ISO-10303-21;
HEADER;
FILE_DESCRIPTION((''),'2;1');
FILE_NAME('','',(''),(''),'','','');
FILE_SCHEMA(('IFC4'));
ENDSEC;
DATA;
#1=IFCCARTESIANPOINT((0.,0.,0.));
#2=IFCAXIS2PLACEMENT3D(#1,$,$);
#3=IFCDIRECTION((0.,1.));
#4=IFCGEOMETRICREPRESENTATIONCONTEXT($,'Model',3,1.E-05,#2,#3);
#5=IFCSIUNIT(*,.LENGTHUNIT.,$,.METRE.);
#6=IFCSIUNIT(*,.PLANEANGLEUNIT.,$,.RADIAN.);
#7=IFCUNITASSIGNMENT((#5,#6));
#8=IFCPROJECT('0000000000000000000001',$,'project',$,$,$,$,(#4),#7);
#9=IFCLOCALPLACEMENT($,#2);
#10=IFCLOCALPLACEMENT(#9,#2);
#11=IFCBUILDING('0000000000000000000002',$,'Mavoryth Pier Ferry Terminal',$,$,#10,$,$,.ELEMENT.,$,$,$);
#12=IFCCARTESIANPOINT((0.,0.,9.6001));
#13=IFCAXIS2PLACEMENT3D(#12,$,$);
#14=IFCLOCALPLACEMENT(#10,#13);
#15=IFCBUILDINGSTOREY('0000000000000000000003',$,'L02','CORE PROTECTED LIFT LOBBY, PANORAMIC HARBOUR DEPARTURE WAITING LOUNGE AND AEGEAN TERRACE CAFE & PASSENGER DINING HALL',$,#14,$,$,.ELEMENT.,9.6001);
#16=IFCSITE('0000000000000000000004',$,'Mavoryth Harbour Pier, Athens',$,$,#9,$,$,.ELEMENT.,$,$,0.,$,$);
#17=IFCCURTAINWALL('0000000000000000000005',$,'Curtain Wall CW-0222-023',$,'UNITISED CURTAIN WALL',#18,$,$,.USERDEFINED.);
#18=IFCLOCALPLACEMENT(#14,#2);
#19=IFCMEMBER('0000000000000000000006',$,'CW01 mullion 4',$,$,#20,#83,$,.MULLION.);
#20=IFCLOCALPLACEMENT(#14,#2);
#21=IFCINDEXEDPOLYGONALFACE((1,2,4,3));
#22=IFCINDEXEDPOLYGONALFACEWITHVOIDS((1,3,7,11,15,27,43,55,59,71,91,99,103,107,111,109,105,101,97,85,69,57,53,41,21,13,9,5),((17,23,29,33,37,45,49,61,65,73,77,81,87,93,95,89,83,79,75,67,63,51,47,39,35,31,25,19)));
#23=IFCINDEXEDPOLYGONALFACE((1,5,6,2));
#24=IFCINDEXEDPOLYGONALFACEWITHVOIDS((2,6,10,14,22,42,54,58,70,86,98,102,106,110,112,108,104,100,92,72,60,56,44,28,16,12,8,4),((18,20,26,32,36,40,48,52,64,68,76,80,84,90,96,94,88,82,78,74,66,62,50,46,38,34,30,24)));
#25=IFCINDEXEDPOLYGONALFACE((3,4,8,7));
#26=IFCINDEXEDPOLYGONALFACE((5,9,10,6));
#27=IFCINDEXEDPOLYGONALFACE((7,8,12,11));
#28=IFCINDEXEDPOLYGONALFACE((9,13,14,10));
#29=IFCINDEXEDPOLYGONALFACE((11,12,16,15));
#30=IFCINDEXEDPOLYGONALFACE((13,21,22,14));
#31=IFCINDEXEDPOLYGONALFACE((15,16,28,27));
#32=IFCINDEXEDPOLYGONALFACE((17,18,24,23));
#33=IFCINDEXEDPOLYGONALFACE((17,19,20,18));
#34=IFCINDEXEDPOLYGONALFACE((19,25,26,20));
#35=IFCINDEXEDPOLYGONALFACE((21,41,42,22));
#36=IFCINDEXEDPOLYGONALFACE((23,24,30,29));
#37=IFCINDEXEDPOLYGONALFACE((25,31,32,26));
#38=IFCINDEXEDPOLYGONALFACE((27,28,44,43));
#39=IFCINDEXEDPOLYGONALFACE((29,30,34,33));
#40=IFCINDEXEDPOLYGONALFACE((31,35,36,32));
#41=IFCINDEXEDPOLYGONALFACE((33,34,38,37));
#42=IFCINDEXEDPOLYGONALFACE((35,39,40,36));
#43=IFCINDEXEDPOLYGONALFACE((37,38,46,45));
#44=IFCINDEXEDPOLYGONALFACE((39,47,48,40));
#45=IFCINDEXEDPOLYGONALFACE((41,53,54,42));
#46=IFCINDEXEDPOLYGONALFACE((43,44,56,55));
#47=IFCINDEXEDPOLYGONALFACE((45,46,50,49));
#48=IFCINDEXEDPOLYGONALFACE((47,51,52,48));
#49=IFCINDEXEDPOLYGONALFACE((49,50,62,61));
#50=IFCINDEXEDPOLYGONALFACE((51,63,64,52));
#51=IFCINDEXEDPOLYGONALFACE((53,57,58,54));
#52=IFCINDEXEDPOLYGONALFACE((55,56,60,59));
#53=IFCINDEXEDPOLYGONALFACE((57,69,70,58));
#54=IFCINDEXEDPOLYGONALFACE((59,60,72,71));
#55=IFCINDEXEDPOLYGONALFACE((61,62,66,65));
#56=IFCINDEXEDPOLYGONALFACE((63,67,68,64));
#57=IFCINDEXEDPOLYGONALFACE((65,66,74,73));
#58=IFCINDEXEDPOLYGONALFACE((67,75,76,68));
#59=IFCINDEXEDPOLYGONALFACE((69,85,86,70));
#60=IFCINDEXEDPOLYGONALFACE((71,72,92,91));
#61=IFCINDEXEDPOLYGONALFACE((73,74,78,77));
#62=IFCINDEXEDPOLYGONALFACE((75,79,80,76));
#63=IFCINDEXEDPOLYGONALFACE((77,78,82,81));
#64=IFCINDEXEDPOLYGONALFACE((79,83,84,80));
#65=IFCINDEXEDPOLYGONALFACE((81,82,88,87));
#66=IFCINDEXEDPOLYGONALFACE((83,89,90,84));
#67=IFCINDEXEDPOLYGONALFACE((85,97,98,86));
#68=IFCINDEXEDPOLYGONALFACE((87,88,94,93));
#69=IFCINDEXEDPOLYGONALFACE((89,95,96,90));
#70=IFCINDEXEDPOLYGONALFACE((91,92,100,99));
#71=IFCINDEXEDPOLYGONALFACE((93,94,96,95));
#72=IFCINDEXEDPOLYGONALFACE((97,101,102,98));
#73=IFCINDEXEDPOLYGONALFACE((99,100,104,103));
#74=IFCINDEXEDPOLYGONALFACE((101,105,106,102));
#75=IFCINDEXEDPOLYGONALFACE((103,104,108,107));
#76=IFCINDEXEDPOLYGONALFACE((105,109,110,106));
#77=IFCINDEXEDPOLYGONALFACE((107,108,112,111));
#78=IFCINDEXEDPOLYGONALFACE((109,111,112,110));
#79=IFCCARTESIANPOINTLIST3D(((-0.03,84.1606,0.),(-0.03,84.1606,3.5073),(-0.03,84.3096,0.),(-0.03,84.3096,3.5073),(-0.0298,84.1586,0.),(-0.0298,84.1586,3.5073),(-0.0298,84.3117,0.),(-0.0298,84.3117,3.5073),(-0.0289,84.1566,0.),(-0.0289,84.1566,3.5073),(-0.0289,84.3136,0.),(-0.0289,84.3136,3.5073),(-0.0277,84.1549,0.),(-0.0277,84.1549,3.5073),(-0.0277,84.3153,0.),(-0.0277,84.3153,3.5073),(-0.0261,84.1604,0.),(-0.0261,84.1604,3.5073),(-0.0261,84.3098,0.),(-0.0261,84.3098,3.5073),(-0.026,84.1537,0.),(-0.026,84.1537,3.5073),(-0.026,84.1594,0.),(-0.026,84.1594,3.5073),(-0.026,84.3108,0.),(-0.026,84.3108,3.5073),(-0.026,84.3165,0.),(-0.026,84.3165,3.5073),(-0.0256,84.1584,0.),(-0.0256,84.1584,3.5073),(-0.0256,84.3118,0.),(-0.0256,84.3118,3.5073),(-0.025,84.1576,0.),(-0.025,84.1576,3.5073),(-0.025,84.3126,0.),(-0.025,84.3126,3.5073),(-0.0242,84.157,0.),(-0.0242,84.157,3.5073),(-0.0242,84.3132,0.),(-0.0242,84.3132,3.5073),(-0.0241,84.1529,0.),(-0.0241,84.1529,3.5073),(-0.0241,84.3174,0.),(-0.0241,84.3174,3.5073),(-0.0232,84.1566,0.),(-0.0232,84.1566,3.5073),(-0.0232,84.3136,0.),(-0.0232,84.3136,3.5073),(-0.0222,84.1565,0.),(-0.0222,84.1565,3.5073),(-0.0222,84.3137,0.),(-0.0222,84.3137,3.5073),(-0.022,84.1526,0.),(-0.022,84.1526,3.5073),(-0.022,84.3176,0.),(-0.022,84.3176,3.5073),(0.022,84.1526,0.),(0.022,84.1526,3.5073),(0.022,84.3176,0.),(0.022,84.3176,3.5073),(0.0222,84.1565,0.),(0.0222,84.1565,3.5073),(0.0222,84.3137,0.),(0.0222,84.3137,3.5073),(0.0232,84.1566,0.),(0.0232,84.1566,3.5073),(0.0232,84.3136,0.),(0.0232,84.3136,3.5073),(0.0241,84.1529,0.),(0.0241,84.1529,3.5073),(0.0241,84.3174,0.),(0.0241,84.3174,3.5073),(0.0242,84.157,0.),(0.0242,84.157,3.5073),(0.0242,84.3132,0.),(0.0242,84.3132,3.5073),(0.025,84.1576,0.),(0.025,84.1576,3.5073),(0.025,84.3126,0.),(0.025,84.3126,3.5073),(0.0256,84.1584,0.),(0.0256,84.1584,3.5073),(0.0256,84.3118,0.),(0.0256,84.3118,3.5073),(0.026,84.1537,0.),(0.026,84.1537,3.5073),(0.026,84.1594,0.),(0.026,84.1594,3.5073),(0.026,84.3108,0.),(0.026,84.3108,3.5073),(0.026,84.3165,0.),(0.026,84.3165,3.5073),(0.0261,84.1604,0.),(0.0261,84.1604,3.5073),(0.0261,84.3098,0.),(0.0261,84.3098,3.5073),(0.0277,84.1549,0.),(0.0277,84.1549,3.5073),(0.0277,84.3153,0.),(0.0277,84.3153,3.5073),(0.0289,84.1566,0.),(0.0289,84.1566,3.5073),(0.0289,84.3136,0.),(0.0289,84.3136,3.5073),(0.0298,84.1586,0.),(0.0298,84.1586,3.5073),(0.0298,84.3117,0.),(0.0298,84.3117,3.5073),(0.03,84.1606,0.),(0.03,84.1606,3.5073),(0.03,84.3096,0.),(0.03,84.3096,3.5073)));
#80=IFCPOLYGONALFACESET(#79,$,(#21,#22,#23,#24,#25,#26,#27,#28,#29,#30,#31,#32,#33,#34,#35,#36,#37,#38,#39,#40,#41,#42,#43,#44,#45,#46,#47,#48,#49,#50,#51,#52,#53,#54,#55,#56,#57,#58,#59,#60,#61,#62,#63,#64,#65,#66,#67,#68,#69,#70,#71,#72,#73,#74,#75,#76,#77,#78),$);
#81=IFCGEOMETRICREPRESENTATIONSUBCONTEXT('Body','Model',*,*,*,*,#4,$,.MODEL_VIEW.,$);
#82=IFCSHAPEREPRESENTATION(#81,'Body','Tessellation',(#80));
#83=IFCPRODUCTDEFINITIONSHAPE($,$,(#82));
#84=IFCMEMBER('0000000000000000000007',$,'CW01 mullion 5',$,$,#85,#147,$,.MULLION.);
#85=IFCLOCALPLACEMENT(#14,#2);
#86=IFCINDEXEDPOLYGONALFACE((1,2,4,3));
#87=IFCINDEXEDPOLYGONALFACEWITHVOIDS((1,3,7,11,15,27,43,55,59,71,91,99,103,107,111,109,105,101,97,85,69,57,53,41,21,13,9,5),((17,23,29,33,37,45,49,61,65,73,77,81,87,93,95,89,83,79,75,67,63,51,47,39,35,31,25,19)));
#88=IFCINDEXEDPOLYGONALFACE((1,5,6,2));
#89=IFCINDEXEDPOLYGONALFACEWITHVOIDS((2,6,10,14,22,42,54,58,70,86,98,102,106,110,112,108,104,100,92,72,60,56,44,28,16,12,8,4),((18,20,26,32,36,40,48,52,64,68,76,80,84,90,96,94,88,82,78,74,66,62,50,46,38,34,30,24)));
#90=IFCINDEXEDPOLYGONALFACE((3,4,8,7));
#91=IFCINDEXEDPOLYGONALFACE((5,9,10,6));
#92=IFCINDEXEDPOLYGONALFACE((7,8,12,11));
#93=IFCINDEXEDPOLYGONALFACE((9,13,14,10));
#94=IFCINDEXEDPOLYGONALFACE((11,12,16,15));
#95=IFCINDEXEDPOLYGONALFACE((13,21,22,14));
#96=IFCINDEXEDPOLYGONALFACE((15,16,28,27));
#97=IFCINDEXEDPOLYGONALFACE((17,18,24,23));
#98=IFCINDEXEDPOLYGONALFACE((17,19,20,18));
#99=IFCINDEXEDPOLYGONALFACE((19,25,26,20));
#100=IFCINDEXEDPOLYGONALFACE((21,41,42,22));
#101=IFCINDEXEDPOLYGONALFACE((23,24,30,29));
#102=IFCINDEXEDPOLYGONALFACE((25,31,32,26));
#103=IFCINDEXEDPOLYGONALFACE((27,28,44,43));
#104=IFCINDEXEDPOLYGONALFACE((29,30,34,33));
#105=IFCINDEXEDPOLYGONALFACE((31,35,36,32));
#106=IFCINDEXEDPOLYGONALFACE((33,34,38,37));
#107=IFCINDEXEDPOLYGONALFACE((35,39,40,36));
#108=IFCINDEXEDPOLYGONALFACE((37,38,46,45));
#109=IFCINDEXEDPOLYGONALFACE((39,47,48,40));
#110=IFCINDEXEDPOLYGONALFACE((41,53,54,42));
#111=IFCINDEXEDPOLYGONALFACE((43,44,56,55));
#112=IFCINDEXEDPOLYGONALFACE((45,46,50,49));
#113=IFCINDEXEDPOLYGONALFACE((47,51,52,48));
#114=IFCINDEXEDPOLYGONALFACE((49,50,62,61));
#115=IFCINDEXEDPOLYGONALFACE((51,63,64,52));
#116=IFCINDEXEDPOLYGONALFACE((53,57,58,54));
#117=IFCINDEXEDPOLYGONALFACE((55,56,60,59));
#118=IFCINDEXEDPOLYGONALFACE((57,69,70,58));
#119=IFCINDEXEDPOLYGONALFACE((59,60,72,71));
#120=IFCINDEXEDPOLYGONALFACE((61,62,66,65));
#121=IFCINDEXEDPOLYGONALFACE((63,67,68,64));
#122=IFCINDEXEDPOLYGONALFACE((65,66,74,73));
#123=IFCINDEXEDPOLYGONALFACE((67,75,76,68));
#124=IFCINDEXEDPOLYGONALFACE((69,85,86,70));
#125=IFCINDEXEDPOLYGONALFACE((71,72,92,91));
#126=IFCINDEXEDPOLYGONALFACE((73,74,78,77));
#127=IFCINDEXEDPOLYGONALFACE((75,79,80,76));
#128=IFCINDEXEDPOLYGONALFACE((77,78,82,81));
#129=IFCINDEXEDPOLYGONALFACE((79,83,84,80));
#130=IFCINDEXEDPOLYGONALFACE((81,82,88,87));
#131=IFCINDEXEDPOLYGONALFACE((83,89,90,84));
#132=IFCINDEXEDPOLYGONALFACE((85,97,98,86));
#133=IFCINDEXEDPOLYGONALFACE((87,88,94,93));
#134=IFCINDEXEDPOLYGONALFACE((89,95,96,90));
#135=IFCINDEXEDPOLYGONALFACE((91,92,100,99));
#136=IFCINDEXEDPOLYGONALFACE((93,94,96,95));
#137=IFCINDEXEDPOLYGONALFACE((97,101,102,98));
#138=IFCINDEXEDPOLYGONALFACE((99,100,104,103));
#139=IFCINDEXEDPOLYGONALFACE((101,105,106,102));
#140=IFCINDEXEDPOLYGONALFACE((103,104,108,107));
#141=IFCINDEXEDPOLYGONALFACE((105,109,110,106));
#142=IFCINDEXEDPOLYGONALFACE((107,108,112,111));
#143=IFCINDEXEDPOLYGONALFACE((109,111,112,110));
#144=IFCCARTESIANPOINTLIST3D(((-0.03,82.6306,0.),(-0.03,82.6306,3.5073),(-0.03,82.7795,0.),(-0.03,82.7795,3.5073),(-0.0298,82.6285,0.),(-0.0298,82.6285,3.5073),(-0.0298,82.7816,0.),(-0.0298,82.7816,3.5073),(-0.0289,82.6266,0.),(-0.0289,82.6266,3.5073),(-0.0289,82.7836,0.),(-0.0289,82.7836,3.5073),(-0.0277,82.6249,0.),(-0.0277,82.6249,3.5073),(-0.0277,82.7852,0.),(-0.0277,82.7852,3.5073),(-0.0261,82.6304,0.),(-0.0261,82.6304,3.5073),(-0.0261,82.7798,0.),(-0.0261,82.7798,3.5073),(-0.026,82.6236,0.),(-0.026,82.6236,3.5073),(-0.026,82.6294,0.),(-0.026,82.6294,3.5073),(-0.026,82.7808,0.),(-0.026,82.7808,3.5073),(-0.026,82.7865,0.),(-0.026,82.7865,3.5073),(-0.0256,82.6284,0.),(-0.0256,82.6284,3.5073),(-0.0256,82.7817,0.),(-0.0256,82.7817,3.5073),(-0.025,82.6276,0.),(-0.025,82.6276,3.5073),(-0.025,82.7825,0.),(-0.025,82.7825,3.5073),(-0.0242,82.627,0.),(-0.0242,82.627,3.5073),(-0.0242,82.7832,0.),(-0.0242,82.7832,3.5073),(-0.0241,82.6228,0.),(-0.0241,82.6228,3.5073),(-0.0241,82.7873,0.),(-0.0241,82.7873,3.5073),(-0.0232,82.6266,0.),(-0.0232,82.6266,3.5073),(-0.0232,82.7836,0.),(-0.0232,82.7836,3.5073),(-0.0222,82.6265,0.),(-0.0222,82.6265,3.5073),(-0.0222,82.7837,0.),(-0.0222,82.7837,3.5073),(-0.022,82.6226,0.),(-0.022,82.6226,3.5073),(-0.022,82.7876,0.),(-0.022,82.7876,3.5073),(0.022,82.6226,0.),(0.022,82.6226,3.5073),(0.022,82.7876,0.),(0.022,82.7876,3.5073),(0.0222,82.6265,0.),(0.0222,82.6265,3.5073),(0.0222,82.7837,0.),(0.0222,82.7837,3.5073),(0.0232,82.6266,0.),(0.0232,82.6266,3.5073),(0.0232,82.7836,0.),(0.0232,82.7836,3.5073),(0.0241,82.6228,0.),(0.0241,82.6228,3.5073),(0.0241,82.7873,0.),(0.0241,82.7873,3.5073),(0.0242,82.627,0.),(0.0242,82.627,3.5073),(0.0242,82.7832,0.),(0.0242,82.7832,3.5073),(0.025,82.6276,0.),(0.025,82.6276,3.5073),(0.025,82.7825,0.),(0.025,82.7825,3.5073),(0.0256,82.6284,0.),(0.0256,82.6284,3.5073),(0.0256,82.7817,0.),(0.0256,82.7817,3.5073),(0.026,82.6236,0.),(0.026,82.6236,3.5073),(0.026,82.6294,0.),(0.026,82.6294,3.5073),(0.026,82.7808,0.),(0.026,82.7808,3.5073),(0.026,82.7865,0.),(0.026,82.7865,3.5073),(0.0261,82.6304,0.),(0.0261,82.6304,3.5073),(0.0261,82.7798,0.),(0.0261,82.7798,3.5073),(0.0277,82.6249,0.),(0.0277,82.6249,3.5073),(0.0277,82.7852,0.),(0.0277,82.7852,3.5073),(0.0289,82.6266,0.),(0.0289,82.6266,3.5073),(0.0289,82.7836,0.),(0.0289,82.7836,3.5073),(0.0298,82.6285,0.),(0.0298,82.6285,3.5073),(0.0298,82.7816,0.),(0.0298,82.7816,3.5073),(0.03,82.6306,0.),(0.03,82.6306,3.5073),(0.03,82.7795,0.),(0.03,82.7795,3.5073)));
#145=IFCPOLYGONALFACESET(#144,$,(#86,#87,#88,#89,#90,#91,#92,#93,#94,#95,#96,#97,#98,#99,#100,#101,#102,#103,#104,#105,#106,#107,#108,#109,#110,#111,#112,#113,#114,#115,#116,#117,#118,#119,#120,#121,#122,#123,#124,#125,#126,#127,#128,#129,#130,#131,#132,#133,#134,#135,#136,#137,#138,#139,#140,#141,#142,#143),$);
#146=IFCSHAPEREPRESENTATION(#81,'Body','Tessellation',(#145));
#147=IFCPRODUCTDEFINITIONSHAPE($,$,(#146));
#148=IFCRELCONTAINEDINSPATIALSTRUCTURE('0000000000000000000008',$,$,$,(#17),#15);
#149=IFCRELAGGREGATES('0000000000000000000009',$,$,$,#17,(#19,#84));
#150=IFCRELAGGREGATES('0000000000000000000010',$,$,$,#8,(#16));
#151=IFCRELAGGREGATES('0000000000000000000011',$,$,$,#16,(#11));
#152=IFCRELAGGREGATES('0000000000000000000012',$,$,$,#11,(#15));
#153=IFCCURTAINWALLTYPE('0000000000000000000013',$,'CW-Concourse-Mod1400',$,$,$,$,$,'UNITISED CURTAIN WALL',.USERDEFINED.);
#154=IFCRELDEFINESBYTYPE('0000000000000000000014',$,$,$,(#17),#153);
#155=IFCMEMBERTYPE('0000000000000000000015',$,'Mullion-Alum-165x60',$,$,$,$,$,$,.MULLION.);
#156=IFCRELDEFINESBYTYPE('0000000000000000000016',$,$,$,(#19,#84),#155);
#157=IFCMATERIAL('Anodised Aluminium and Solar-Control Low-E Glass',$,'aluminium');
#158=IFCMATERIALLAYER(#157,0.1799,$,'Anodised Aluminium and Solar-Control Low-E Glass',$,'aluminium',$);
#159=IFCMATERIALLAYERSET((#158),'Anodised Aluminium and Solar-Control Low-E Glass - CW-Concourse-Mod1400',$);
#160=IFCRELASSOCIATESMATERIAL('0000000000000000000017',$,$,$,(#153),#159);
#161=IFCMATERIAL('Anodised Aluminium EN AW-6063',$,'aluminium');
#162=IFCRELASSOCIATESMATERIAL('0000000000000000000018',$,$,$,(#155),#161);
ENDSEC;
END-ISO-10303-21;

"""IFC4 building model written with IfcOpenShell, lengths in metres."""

from ifc_helpers import new_model, si_unit, direction, frame, origin, origin_2d, place, context, subcontext, project, spatial, hollow_rectangle, extrude, material, layer, layer_set, material_profile, profile_set, type_object, element, aggregate, save


model = new_model("IFC4")

# Units and contexts
model_context = context("Model", 3, precision=1e-05, world=origin(), true_north=direction((0.0, 1.0)))
body_context = subcontext(model_context, "Body", "Model", "MODEL_VIEW")
ifc_project = project(units=[si_unit("LENGTHUNIT", "METRE"), si_unit("PLANEANGLEUNIT", "RADIAN")], contexts=[model_context])

# Site, building, storey
site_placement = place(None, origin())
site = spatial("IfcSite", under=ifc_project, at=site_placement, Name="Mavoryth Harbour Pier, Athens", CompositionType="ELEMENT", RefElevation=0.0)
building_placement = place(site_placement, origin())
building = spatial("IfcBuilding", under=site, at=building_placement, Name="Mavoryth Pier Ferry Terminal", CompositionType="ELEMENT")
storey_placement = place(building_placement, frame((0.0, 0.0, 9.6001)))
storey = spatial("IfcBuildingStorey", under=building, at=storey_placement, Name="L02", Description="CORE PROTECTED LIFT LOBBY, PANORAMIC HARBOUR DEPARTURE WAITING LOUNGE AND AEGEAN TERRACE CAFE & PASSENGER DINING HALL", CompositionType="ELEMENT", Elevation=9.6001)

# Curtain wall, members
ifc_material_1 = material(Name="Anodised Aluminium and Solar-Control Low-E Glass", Category="aluminium")
ifc_layer_1 = layer(ifc_material_1, 0.1799, Name="Anodised Aluminium and Solar-Control Low-E Glass", Category="aluminium")
ifc_layer_set_1 = layer_set([ifc_layer_1], Name="Anodised Aluminium and Solar-Control Low-E Glass - CW-Concourse-Mod1400")
curtain_wall_type = type_object("IfcCurtainWallType", Name="CW-Concourse-Mod1400", ElementType="UNITISED CURTAIN WALL", PredefinedType="USERDEFINED", material=ifc_layer_set_1)
curtain_wall_placement = place(storey_placement, origin())
curtain_wall = element("IfcCurtainWall", 1, at=curtain_wall_placement, inside=storey, type_object=curtain_wall_type, Name="Curtain Wall CW-0222-023", ObjectType="UNITISED CURTAIN WALL", PredefinedType="USERDEFINED")
ifc_material_2 = material(Name="Anodised Aluminium EN AW-6063", Category="aluminium")
ifc_material_profile_1 = material_profile(ifc_material_2, hollow_rectangle(XDim=0.0601, YDim=0.165, WallThickness=0.0039, InnerFilletRadius=0.0039, OuterFilletRadius=0.0081, at=origin_2d()), Name="AL-MULL 165x60x4", Category="aluminium")
ifc_profile_set_1 = profile_set([ifc_material_profile_1], Name="Anodised Aluminium EN AW-6063 - AL-MULL 165x60x4")
member_type_1 = type_object("IfcMemberType", Name="Mullion-Alum-165x60", PredefinedType="MULLION", material=ifc_profile_set_1)
member_1_placement = place(storey_placement, frame((0.0, 84.2351, 0.0), z_axis=(0.0, 0.0, 1.0), x_axis=(1.0, 0.0, 0.0)))
member_1 = element("IfcMember", 2, at=member_1_placement, type_object=member_type_1, Name="CW01 mullion 4", PredefinedType="MULLION", context=body_context, shape_type="SweptSolid", body=[
    extrude(hollow_rectangle(XDim=0.0601, YDim=0.165, WallThickness=0.0039, InnerFilletRadius=0.0039, OuterFilletRadius=0.0081, at=origin_2d()), origin(), (0.0, 0.0, 1.0), 3.5073),
])
member_2_placement = place(storey_placement, frame((0.0, 82.7051, 0.0), z_axis=(0.0, 0.0, 1.0), x_axis=(1.0, 0.0, 0.0)))
member_2 = element("IfcMember", 3, at=member_2_placement, type_object=member_type_1, Name="CW01 mullion 5", PredefinedType="MULLION", context=body_context, shape_type="SweptSolid", body=[
    extrude(hollow_rectangle(XDim=0.0601, YDim=0.165, WallThickness=0.0039, InnerFilletRadius=0.0039, OuterFilletRadius=0.0081, at=origin_2d()), origin(), (0.0, 0.0, 1.0), 3.5073),
])

aggregate(curtain_wall, [member_1, member_2])

save(model, "model.ifc")
